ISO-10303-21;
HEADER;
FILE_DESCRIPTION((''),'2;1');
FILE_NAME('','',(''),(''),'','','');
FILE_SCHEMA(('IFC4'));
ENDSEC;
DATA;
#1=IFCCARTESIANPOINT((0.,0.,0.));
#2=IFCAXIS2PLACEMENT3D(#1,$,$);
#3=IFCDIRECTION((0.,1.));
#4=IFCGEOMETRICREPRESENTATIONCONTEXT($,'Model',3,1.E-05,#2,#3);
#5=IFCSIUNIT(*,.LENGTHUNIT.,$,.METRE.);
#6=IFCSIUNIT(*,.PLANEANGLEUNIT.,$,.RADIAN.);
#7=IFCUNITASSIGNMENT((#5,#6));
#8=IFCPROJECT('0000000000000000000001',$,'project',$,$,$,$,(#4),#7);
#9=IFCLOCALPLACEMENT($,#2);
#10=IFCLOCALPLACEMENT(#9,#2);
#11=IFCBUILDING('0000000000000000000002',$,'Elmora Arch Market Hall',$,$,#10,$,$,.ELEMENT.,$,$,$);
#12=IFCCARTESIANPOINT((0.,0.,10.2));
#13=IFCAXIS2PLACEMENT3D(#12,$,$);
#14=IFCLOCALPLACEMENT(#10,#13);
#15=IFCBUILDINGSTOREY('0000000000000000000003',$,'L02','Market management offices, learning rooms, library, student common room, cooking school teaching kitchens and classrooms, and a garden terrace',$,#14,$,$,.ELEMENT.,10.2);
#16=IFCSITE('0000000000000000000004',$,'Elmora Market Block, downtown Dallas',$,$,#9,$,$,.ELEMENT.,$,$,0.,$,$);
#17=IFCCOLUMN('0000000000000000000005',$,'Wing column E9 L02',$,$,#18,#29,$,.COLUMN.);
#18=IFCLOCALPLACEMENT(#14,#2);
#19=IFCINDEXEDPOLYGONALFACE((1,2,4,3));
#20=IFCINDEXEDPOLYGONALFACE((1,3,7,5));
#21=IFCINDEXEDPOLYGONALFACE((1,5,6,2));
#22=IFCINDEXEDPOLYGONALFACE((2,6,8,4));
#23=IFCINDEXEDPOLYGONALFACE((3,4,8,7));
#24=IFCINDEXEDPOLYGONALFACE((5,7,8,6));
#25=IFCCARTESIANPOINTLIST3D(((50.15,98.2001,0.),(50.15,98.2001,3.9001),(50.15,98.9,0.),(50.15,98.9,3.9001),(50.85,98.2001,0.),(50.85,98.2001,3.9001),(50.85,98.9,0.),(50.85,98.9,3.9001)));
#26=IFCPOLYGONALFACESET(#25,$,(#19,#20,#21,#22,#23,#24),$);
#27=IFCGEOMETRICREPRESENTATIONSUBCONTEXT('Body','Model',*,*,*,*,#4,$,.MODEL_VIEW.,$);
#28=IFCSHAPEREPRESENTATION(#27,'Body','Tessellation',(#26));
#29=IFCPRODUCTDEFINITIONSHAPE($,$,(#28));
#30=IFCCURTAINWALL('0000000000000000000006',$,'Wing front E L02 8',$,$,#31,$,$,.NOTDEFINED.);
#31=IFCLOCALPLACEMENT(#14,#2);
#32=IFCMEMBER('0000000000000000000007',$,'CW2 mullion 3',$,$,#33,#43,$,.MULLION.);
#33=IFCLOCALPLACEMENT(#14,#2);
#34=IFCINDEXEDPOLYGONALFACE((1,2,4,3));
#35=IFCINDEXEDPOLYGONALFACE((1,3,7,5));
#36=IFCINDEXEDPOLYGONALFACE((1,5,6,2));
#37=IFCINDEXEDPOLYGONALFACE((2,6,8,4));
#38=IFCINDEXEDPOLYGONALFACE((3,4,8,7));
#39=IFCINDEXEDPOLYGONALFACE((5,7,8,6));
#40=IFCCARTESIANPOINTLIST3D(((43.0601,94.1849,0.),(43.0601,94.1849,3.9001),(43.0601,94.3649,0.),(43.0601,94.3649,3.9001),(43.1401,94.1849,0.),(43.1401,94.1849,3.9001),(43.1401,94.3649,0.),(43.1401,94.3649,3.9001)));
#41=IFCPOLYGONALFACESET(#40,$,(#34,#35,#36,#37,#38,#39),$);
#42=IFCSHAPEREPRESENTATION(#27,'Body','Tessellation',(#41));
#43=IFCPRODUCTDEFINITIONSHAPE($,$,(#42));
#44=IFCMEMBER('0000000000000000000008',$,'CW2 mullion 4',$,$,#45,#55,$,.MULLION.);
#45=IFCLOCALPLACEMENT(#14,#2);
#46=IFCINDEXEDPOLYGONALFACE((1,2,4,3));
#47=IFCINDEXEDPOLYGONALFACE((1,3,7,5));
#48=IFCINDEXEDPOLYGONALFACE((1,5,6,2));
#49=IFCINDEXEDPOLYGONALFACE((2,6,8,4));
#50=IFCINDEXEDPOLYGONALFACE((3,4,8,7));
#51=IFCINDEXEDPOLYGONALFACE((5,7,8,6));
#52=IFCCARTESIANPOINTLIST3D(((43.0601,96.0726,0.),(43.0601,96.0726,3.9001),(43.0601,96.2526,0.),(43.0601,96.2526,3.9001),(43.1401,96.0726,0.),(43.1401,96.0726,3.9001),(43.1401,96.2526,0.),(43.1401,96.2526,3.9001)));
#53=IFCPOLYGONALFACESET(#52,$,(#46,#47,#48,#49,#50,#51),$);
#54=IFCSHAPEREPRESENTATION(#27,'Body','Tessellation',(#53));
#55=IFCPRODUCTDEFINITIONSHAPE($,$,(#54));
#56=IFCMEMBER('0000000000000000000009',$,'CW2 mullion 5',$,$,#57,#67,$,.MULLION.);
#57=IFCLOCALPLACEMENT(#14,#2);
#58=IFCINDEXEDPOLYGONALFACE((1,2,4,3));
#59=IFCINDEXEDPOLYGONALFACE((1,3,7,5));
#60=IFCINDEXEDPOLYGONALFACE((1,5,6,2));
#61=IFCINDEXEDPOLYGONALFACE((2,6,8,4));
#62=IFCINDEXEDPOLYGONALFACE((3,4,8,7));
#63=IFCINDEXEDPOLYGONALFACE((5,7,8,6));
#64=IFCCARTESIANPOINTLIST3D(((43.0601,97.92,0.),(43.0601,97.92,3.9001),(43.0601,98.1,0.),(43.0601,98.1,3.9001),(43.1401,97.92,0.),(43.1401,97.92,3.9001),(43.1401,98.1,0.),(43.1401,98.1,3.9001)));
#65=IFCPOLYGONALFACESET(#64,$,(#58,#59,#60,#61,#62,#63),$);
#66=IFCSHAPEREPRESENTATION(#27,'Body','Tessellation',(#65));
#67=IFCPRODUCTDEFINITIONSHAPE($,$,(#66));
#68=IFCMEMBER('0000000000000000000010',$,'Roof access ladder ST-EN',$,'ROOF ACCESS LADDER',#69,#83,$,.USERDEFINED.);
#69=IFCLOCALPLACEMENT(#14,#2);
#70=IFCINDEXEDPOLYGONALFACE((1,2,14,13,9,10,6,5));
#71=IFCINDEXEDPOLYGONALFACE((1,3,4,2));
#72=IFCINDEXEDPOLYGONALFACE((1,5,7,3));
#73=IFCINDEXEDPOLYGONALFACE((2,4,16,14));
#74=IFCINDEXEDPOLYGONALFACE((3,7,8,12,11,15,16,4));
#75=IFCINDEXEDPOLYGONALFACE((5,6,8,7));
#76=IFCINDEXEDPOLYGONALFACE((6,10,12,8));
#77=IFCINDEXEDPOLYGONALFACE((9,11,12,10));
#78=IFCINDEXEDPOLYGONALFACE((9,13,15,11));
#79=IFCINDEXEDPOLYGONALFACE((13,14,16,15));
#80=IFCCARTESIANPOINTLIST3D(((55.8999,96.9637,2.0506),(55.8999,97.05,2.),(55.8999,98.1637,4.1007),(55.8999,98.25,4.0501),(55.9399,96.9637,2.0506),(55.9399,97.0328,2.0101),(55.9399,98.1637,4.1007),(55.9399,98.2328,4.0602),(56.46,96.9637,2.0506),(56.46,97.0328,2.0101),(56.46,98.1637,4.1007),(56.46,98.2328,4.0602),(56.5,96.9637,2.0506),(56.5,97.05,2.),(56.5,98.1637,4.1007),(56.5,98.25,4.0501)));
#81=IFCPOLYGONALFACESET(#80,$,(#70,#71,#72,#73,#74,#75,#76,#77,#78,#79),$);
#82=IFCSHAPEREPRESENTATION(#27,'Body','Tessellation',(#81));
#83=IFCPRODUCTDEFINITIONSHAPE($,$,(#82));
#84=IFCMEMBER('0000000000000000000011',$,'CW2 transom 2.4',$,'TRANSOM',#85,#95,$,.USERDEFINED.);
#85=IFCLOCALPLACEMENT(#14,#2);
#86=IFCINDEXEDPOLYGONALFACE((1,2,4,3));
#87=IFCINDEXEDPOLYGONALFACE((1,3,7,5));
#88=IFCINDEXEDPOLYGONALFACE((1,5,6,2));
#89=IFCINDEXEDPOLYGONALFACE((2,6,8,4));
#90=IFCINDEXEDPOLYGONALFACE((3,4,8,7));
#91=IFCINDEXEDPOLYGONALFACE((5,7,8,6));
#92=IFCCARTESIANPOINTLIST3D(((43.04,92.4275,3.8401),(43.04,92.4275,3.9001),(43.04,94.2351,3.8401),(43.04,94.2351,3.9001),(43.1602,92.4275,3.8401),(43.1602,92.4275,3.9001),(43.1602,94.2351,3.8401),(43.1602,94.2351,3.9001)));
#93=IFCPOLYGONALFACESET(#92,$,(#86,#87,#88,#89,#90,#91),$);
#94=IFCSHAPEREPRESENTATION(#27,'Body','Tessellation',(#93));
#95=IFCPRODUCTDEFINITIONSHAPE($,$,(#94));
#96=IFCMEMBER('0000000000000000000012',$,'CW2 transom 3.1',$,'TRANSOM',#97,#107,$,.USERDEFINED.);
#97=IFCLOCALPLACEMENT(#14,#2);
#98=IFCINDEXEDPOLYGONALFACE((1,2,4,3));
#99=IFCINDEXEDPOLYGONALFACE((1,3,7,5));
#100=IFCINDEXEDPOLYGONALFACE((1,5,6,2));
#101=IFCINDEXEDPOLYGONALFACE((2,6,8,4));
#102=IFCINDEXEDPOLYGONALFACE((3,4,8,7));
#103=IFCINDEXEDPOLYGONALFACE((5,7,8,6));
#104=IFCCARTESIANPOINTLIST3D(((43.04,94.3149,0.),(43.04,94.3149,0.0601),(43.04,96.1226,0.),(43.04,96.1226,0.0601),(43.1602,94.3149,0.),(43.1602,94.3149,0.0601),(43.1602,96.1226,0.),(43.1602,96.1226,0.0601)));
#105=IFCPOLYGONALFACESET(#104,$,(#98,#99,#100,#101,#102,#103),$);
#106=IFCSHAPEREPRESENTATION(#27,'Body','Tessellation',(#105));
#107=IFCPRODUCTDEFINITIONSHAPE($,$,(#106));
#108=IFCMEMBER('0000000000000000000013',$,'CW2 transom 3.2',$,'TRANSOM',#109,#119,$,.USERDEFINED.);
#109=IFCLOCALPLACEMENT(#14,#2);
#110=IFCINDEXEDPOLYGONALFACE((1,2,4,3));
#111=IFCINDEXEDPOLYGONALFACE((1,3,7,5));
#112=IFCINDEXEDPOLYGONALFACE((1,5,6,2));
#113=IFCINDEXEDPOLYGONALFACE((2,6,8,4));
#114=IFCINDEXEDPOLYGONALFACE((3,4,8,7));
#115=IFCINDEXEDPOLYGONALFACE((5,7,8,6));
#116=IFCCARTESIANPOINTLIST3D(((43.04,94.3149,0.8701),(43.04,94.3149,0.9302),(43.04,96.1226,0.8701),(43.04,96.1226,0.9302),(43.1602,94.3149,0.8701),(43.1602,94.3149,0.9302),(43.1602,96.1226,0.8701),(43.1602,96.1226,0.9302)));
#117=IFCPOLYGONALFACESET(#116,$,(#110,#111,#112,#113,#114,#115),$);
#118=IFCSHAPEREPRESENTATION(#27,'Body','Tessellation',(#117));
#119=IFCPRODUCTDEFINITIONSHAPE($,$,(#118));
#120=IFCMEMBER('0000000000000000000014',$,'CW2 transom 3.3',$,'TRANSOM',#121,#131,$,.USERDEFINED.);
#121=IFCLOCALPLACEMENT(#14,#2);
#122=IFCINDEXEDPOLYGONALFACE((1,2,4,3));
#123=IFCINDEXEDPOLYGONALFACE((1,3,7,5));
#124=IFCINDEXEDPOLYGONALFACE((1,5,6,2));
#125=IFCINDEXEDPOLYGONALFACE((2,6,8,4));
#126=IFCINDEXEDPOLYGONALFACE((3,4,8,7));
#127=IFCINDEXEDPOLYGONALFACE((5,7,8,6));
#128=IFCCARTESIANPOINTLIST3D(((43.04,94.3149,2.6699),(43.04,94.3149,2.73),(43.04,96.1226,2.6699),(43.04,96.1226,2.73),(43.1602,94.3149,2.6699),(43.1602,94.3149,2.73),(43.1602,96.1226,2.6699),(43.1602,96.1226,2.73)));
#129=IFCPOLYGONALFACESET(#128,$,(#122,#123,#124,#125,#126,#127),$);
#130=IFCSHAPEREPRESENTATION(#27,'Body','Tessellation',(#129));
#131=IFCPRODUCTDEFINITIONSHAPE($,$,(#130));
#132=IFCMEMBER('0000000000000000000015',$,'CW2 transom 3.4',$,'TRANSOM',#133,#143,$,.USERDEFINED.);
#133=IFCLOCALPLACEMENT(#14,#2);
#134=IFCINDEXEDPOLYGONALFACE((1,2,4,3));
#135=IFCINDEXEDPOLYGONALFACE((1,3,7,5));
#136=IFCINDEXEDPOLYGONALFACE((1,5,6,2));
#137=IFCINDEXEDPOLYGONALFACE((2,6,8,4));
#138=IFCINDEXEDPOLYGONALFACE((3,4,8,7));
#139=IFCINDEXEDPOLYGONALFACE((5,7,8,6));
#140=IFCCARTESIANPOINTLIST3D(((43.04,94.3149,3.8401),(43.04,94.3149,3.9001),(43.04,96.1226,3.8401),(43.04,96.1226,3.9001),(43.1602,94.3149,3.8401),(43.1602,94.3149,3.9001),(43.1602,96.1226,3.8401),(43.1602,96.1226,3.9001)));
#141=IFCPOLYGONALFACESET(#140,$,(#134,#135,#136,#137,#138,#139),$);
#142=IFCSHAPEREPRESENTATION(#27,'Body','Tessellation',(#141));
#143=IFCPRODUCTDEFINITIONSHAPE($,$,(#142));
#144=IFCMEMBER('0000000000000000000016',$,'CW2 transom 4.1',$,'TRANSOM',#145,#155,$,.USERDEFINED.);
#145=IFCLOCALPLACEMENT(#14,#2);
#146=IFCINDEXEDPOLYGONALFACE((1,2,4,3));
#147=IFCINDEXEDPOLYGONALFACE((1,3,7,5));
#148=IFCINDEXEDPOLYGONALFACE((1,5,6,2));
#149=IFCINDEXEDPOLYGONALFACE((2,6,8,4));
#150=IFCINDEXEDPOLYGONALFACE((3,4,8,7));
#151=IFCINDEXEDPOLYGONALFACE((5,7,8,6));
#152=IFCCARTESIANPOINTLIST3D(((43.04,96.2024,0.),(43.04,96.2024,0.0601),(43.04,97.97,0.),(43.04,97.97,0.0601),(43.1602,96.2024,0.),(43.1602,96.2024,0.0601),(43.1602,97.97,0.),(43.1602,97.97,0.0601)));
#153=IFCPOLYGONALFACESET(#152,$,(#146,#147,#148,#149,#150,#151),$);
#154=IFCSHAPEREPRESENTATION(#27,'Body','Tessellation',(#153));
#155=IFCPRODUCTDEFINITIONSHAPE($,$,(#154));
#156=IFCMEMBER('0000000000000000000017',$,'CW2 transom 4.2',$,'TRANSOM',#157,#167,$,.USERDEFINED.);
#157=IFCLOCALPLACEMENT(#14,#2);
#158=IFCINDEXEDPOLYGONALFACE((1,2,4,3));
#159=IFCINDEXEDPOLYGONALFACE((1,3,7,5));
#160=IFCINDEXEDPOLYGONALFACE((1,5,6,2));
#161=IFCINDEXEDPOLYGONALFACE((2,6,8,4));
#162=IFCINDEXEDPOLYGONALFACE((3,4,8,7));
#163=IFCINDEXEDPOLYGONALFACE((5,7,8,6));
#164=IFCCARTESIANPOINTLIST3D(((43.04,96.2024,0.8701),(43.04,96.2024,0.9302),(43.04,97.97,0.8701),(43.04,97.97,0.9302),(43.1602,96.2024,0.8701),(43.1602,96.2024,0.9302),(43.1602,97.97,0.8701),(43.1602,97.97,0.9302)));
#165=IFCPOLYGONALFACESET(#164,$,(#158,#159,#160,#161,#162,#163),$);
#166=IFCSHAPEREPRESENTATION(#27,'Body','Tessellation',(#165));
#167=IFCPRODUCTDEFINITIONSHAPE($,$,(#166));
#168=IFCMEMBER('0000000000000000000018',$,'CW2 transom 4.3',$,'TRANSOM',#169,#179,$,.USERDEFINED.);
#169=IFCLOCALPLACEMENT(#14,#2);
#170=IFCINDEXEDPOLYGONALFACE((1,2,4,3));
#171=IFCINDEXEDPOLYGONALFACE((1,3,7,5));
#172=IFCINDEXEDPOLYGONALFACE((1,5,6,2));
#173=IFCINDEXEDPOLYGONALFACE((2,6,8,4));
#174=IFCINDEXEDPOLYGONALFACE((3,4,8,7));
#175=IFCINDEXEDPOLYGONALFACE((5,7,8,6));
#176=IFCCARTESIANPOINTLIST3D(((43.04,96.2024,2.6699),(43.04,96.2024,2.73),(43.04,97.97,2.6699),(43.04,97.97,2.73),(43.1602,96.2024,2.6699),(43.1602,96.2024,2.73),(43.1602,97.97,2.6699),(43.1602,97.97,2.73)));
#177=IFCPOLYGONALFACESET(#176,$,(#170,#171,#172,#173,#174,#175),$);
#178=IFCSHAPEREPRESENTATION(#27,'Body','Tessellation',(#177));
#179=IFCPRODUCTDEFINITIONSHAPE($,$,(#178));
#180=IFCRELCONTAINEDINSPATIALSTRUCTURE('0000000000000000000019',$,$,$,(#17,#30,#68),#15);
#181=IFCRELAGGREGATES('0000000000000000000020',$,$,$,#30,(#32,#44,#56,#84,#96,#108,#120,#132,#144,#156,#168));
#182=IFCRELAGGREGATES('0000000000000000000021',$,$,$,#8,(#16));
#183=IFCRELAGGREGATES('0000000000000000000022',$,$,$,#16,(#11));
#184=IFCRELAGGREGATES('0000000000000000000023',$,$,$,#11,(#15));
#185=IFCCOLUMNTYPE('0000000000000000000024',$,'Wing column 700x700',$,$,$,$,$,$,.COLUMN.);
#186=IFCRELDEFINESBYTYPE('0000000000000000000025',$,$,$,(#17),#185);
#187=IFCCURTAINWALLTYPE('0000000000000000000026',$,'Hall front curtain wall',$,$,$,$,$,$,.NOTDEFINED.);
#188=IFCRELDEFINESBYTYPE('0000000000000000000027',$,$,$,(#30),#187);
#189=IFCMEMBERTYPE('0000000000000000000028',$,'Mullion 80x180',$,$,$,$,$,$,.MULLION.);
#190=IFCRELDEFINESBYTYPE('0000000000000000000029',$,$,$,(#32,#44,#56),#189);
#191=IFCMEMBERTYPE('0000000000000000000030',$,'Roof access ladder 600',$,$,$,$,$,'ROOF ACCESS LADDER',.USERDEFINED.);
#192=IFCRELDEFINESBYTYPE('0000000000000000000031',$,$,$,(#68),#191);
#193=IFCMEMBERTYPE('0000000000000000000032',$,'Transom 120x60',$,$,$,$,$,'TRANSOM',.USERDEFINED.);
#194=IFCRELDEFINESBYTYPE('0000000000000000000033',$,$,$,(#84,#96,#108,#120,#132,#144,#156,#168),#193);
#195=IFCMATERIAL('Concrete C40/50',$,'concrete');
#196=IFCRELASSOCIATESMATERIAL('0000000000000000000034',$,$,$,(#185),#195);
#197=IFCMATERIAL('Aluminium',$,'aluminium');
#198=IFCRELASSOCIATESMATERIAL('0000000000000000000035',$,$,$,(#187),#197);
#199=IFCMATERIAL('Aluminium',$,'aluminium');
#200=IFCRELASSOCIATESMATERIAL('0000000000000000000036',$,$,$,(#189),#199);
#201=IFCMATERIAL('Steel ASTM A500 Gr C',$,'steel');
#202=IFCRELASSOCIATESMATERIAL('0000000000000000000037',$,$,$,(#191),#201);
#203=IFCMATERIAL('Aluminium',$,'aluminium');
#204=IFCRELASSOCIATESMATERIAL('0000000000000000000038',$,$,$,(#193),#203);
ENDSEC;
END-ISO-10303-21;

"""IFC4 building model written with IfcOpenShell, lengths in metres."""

from ifc_helpers import new_model, si_unit, direction, frame, origin, origin_2d, place, context, subcontext, project, spatial, polyline, rectangle, outline, extrude, material, material_profile, profile_set, type_object, element, aggregate, save


model = new_model("IFC4")

# Units and contexts
model_context = context("Model", 3, precision=1e-05, world=origin(), true_north=direction((0.0, 1.0)))
body_context = subcontext(model_context, "Body", "Model", "MODEL_VIEW")
ifc_project = project(units=[si_unit("LENGTHUNIT", "METRE"), si_unit("PLANEANGLEUNIT", "RADIAN")], contexts=[model_context])

# Site, building, storey
site_placement = place(None, origin())
site = spatial("IfcSite", under=ifc_project, at=site_placement, Name="Elmora Market Block, downtown Dallas", CompositionType="ELEMENT", RefElevation=0.0)
building_placement = place(site_placement, origin())
building = spatial("IfcBuilding", under=site, at=building_placement, Name="Elmora Arch Market Hall", CompositionType="ELEMENT")
storey_placement = place(building_placement, frame((0.0, 0.0, 10.2)))
storey = spatial("IfcBuildingStorey", under=building, at=storey_placement, Name="L02", Description="Market management offices, learning rooms, library, student common room, cooking school teaching kitchens and classrooms, and a garden terrace", CompositionType="ELEMENT", Elevation=10.2)

# Column
ifc_material_1 = material(Name="Concrete C40/50", Category="concrete")
ifc_material_profile_1 = material_profile(ifc_material_1, rectangle(XDim=0.7, YDim=0.7, at=origin_2d()), Name="Wing column 700x700")
ifc_profile_set_1 = profile_set([ifc_material_profile_1], Name="Concrete C40/50")
column_type = type_object("IfcColumnType", Name="Wing column 700x700", PredefinedType="COLUMN", material=ifc_profile_set_1)
column_placement = place(storey_placement, frame((50.5, 98.55, 0.0), z_axis=(0.0, 0.0, 1.0), x_axis=(1.0, 0.0, 0.0)))
element("IfcColumn", 1, at=column_placement, inside=storey, type_object=column_type, Name="Wing column E9 L02", PredefinedType="COLUMN", context=body_context, shape_type="SweptSolid", body=[
    extrude(rectangle(XDim=0.7, YDim=0.7, at=origin_2d()), origin(), (0.0, 0.0, 1.0), 3.9001),
])

# Curtain wall, members
ifc_material_2 = material(Name="Aluminium", Category="aluminium")
curtain_wall_type = type_object("IfcCurtainWallType", Name="Hall front curtain wall", PredefinedType="NOTDEFINED", material=ifc_material_2)
curtain_wall_placement = place(storey_placement, origin())
curtain_wall = element("IfcCurtainWall", 2, at=curtain_wall_placement, inside=storey, type_object=curtain_wall_type, Name="Wing front E L02 8", PredefinedType="NOTDEFINED")
ifc_material_3 = material(Name="Aluminium", Category="aluminium")
ifc_material_profile_2 = material_profile(ifc_material_3, rectangle(XDim=0.0801, YDim=0.1799, at=origin_2d()), Name="AL 80x180")
ifc_profile_set_2 = profile_set([ifc_material_profile_2], Name="Aluminium")
member_type_1 = type_object("IfcMemberType", Name="Mullion 80x180", PredefinedType="MULLION", material=ifc_profile_set_2)
member_1_placement = place(storey_placement, frame((43.1001, 94.2749, 0.0), z_axis=(0.0, 0.0, 1.0), x_axis=(-1.0, 0.0, 0.0)))
member_1 = element("IfcMember", 3, at=member_1_placement, type_object=member_type_1, Name="CW2 mullion 3", PredefinedType="MULLION", context=body_context, shape_type="SweptSolid", body=[
    extrude(rectangle(XDim=0.0801, YDim=0.1799, at=origin_2d()), origin(), (0.0, 0.0, 1.0), 3.9001),
])
member_2_placement = place(storey_placement, frame((43.1001, 96.1626, 0.0), z_axis=(0.0, 0.0, 1.0), x_axis=(-1.0, 0.0, 0.0)))
member_2 = element("IfcMember", 4, at=member_2_placement, type_object=member_type_1, Name="CW2 mullion 4", PredefinedType="MULLION", context=body_context, shape_type="SweptSolid", body=[
    extrude(rectangle(XDim=0.0801, YDim=0.1799, at=origin_2d()), origin(), (0.0, 0.0, 1.0), 3.9001),
])
member_3_placement = place(storey_placement, frame((43.1001, 98.01, 0.0), z_axis=(0.0, 0.0, 1.0), x_axis=(-1.0, 0.0, 0.0)))
member_3 = element("IfcMember", 5, at=member_3_placement, type_object=member_type_1, Name="CW2 mullion 5", PredefinedType="MULLION", context=body_context, shape_type="SweptSolid", body=[
    extrude(rectangle(XDim=0.0801, YDim=0.1799, at=origin_2d()), origin(), (0.0, 0.0, 1.0), 3.9001),
])

# Members
ifc_material_4 = material(Name="Steel ASTM A500 Gr C", Category="steel")
ifc_material_profile_3 = material_profile(ifc_material_4, outline(polyline([(-0.3, 0.0), (0.3, 0.0), (0.3, 0.1001), (0.26, 0.1001), (0.26, 0.02), (-0.26, 0.02), (-0.26, 0.1001), (-0.3, 0.1001), (-0.3, 0.0)])), Name="Ladder channel 600 x 100")
ifc_profile_set_3 = profile_set([ifc_material_profile_3], Name="Steel ASTM A500 Gr C")
member_type_2 = type_object("IfcMemberType", Name="Roof access ladder 600", ElementType="ROOF ACCESS LADDER", PredefinedType="USERDEFINED", material=ifc_profile_set_3)
member_4_placement = place(storey_placement, frame((56.2, 97.05, 2.0), z_axis=(0.0, 0.505155, 0.863029), x_axis=(-1.0, 0.0, 0.0)))
element("IfcMember", 6, at=member_4_placement, inside=storey, type_object=member_type_2, Name="Roof access ladder ST-EN", ObjectType="ROOF ACCESS LADDER", PredefinedType="USERDEFINED", context=body_context, shape_type="SweptSolid", body=[
    extrude(outline(polyline([(-0.3, 0.0), (0.3, 0.0), (0.3, 0.1001), (0.26, 0.1001), (0.26, 0.02), (-0.26, 0.02), (-0.26, 0.1001), (-0.3, 0.1001), (-0.3, 0.0)])), origin(), (0.0, 0.0, 1.0), 2.3755),
])
ifc_material_5 = material(Name="Aluminium", Category="aluminium")
ifc_material_profile_4 = material_profile(ifc_material_5, rectangle(XDim=0.1201, YDim=0.0601, at=origin_2d()), Name="AL 120x60")
ifc_profile_set_4 = profile_set([ifc_material_profile_4], Name="Aluminium")
member_type_3 = type_object("IfcMemberType", Name="Transom 120x60", ElementType="TRANSOM", PredefinedType="USERDEFINED", material=ifc_profile_set_4)
member_5_placement = place(storey_placement, frame((43.1001, 92.4275, 3.8701), z_axis=(0.0, 1.0, 0.0), x_axis=(-1.0, 0.0, 0.0)))
member_5 = element("IfcMember", 7, at=member_5_placement, type_object=member_type_3, Name="CW2 transom 2.4", ObjectType="TRANSOM", PredefinedType="USERDEFINED", context=body_context, shape_type="SweptSolid", body=[
    extrude(rectangle(XDim=0.1201, YDim=0.0601, at=origin_2d()), origin(), (0.0, 0.0, 1.0), 1.8076),
])
member_6_placement = place(storey_placement, frame((43.1001, 94.3149, 0.03), z_axis=(0.0, 1.0, 0.0), x_axis=(-1.0, 0.0, 0.0)))
member_6 = element("IfcMember", 8, at=member_6_placement, type_object=member_type_3, Name="CW2 transom 3.1", ObjectType="TRANSOM", PredefinedType="USERDEFINED", context=body_context, shape_type="SweptSolid", body=[
    extrude(rectangle(XDim=0.1201, YDim=0.0601, at=origin_2d()), origin(), (0.0, 0.0, 1.0), 1.8076),
])
member_7_placement = place(storey_placement, frame((43.1001, 94.3149, 0.9001), z_axis=(0.0, 1.0, 0.0), x_axis=(-1.0, 0.0, 0.0)))
member_7 = element("IfcMember", 9, at=member_7_placement, type_object=member_type_3, Name="CW2 transom 3.2", ObjectType="TRANSOM", PredefinedType="USERDEFINED", context=body_context, shape_type="SweptSolid", body=[
    extrude(rectangle(XDim=0.1201, YDim=0.0601, at=origin_2d()), origin(), (0.0, 0.0, 1.0), 1.8076),
])
member_8_placement = place(storey_placement, frame((43.1001, 94.3149, 2.7), z_axis=(0.0, 1.0, 0.0), x_axis=(-1.0, 0.0, 0.0)))
member_8 = element("IfcMember", 10, at=member_8_placement, type_object=member_type_3, Name="CW2 transom 3.3", ObjectType="TRANSOM", PredefinedType="USERDEFINED", context=body_context, shape_type="SweptSolid", body=[
    extrude(rectangle(XDim=0.1201, YDim=0.0601, at=origin_2d()), origin(), (0.0, 0.0, 1.0), 1.8076),
])
member_9_placement = place(storey_placement, frame((43.1001, 94.3149, 3.8701), z_axis=(0.0, 1.0, 0.0), x_axis=(-1.0, 0.0, 0.0)))
member_9 = element("IfcMember", 11, at=member_9_placement, type_object=member_type_3, Name="CW2 transom 3.4", ObjectType="TRANSOM", PredefinedType="USERDEFINED", context=body_context, shape_type="SweptSolid", body=[
    extrude(rectangle(XDim=0.1201, YDim=0.0601, at=origin_2d()), origin(), (0.0, 0.0, 1.0), 1.8076),
])
member_10_placement = place(storey_placement, frame((43.1001, 96.2024, 0.03), z_axis=(0.0, 1.0, 0.0), x_axis=(-1.0, 0.0, 0.0)))
member_10 = element("IfcMember", 12, at=member_10_placement, type_object=member_type_3, Name="CW2 transom 4.1", ObjectType="TRANSOM", PredefinedType="USERDEFINED", context=body_context, shape_type="SweptSolid", body=[
    extrude(rectangle(XDim=0.1201, YDim=0.0601, at=origin_2d()), origin(), (0.0, 0.0, 1.0), 1.7676),
])
member_11_placement = place(storey_placement, frame((43.1001, 96.2024, 0.9001), z_axis=(0.0, 1.0, 0.0), x_axis=(-1.0, 0.0, 0.0)))
member_11 = element("IfcMember", 13, at=member_11_placement, type_object=member_type_3, Name="CW2 transom 4.2", ObjectType="TRANSOM", PredefinedType="USERDEFINED", context=body_context, shape_type="SweptSolid", body=[
    extrude(rectangle(XDim=0.1201, YDim=0.0601, at=origin_2d()), origin(), (0.0, 0.0, 1.0), 1.7676),
])
member_12_placement = place(storey_placement, frame((43.1001, 96.2024, 2.7), z_axis=(0.0, 1.0, 0.0), x_axis=(-1.0, 0.0, 0.0)))
member_12 = element("IfcMember", 14, at=member_12_placement, type_object=member_type_3, Name="CW2 transom 4.3", ObjectType="TRANSOM", PredefinedType="USERDEFINED", context=body_context, shape_type="SweptSolid", body=[
    extrude(rectangle(XDim=0.1201, YDim=0.0601, at=origin_2d()), origin(), (0.0, 0.0, 1.0), 1.7676),
])

aggregate(curtain_wall, [member_1, member_2, member_3, member_5, member_6, member_7, member_8, member_9, member_10, member_11, member_12])

save(model, "model.ifc")
